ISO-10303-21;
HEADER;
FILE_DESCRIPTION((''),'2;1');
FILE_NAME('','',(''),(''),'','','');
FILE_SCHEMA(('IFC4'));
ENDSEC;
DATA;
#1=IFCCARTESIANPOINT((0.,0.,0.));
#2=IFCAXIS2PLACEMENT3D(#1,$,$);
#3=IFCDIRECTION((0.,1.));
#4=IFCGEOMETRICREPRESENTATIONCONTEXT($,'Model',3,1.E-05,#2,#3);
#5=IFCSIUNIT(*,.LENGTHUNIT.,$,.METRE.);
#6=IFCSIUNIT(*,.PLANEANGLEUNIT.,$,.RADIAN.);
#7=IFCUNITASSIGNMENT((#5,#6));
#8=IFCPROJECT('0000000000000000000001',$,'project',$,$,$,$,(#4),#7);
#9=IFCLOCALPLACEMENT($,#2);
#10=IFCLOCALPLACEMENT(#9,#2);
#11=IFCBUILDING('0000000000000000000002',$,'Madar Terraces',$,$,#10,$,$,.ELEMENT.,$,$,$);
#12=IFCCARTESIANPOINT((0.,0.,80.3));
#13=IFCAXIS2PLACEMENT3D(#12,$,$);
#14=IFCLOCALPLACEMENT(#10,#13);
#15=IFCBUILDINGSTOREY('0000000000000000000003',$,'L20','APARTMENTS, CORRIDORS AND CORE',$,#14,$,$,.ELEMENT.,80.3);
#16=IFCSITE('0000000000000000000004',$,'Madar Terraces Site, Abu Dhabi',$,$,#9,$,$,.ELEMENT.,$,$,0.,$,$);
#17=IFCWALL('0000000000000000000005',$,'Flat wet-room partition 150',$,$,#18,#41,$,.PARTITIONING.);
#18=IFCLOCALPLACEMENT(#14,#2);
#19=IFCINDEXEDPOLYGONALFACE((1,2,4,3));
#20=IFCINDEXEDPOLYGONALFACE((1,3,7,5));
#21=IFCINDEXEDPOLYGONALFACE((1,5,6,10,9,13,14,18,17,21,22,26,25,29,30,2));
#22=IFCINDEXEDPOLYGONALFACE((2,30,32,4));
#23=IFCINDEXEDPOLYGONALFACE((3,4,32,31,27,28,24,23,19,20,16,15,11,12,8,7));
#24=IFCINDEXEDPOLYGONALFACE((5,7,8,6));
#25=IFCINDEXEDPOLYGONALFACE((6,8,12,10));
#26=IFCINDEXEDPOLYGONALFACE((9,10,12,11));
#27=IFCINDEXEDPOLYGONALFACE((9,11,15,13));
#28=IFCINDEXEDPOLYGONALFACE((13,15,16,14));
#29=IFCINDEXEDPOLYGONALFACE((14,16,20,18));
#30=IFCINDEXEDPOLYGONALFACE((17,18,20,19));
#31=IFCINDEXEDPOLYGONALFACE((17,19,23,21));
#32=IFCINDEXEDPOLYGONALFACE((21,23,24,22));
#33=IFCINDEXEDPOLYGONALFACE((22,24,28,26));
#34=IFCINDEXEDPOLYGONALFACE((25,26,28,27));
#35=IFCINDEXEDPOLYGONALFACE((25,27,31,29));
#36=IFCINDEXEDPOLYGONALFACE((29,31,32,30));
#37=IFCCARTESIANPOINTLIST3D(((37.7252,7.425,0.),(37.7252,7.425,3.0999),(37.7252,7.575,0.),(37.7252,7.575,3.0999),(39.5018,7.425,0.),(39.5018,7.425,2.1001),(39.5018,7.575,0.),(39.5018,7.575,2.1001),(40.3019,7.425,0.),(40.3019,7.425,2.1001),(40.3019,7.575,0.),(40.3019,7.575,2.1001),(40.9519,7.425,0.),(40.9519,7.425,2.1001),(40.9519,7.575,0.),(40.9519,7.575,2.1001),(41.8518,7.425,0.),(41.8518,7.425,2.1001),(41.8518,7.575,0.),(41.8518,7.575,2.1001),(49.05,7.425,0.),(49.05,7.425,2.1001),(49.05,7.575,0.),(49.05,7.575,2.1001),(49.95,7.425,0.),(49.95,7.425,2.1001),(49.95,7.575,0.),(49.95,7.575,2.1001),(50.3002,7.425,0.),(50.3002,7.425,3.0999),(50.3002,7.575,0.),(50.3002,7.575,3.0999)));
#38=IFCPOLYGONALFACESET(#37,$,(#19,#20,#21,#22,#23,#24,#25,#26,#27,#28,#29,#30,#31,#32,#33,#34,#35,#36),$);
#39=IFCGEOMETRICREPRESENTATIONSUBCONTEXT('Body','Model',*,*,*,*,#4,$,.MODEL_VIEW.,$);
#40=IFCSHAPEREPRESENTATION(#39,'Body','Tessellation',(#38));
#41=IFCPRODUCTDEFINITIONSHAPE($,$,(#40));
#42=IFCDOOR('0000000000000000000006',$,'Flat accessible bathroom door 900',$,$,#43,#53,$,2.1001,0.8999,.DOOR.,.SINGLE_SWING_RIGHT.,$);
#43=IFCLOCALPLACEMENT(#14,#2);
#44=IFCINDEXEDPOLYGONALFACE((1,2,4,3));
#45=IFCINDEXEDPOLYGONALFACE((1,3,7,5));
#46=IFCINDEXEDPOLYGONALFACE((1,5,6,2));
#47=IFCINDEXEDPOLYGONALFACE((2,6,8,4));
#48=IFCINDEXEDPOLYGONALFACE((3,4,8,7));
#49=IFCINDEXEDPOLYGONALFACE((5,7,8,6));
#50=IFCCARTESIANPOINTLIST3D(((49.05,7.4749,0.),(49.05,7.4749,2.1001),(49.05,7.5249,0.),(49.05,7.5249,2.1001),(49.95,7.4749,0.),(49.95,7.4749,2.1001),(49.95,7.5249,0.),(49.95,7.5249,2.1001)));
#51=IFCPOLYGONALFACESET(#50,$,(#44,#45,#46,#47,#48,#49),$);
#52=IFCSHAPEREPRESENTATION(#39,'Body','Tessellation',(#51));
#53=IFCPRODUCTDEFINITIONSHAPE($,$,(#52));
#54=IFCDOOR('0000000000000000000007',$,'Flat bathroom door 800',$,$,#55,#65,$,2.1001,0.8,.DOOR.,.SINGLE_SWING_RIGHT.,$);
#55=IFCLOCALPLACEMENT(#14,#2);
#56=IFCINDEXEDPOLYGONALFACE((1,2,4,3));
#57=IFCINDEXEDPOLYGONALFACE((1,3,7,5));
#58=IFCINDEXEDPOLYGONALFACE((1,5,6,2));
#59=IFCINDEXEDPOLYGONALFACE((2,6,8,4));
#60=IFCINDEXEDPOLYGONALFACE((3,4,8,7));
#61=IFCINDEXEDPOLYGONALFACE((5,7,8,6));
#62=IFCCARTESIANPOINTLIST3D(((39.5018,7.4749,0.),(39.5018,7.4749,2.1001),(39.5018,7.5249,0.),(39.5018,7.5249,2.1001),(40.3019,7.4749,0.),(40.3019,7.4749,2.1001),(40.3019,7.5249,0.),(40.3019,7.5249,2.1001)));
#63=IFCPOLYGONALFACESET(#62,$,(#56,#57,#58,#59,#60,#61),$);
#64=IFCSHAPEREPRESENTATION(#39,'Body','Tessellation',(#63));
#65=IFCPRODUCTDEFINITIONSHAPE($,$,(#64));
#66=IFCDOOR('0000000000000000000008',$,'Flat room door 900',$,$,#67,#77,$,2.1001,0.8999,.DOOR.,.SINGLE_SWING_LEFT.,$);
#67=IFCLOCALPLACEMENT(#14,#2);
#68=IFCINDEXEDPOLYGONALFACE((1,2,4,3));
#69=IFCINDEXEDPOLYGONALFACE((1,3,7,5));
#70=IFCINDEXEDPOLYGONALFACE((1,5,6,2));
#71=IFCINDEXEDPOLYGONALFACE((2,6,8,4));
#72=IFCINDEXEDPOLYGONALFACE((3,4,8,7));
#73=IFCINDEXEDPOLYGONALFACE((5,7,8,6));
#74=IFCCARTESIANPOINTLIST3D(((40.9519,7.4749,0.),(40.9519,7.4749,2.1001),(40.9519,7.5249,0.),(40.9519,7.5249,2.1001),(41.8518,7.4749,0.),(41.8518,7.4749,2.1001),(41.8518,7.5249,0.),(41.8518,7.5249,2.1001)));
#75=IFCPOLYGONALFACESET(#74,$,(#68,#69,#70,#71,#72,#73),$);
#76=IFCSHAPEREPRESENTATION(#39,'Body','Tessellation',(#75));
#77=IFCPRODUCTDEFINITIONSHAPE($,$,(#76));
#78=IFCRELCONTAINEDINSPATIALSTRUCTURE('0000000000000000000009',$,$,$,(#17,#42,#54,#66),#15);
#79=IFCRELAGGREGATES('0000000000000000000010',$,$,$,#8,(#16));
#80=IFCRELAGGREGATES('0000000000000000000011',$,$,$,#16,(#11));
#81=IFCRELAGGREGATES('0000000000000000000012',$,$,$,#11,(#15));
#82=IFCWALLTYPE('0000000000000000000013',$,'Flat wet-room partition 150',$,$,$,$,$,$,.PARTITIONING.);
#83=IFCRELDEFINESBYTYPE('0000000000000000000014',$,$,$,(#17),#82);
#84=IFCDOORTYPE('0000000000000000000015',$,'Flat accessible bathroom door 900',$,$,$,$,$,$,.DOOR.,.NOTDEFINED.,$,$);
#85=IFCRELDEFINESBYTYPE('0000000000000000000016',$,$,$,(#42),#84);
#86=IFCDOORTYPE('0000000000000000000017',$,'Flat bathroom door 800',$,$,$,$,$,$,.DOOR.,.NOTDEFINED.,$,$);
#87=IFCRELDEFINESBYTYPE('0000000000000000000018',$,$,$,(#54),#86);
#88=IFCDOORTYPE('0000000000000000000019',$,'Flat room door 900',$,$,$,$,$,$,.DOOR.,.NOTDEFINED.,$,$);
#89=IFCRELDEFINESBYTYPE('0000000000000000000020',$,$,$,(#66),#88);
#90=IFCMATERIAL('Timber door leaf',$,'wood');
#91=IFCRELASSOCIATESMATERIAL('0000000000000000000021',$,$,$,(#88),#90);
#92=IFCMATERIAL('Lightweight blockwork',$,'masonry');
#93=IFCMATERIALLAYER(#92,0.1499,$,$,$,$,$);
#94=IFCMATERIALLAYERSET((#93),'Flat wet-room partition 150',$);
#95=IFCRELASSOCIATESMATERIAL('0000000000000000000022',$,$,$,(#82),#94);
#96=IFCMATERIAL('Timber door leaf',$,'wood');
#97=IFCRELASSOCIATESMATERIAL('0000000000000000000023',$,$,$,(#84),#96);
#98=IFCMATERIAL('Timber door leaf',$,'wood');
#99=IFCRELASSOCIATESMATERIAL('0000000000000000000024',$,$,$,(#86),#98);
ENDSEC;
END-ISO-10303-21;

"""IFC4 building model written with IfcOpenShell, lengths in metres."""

from ifc_helpers import new_model, si_unit, direction, frame, frame_2d, origin, place, context, subcontext, project, spatial, rectangle, extrude, material, layer, layer_set, type_object, element, fill, save


model = new_model("IFC4")

# Units and contexts
model_context = context("Model", 3, precision=1e-05, world=origin(), true_north=direction((0.0, 1.0)))
body_context = subcontext(model_context, "Body", "Model", "MODEL_VIEW")
ifc_project = project(units=[si_unit("LENGTHUNIT", "METRE"), si_unit("PLANEANGLEUNIT", "RADIAN")], contexts=[model_context])

# Site, building, storey
site_placement = place(None, origin())
site = spatial("IfcSite", under=ifc_project, at=site_placement, Name="Madar Terraces Site, Abu Dhabi", CompositionType="ELEMENT", RefElevation=0.0)
building_placement = place(site_placement, origin())
building = spatial("IfcBuilding", under=site, at=building_placement, Name="Madar Terraces", CompositionType="ELEMENT")
storey_placement = place(building_placement, frame((0.0, 0.0, 80.3)))
storey = spatial("IfcBuildingStorey", under=building, at=storey_placement, Name="L20", Description="APARTMENTS, CORRIDORS AND CORE", CompositionType="ELEMENT", Elevation=80.3)

# Shared definitions
ifc_material_1 = material(Name="Timber door leaf", Category="wood")
door_type_1 = type_object("IfcDoorType", Name="Flat room door 900", OperationType="NOTDEFINED", PredefinedType="DOOR", material=ifc_material_1)

# Shared definitions
ifc_material_2 = material(Name="Lightweight blockwork", Category="masonry")
ifc_layer_1 = layer(ifc_material_2, 0.1499)
ifc_layer_set_1 = layer_set([ifc_layer_1], Name="Flat wet-room partition 150")
wall_type_1 = type_object("IfcWallType", Name="Flat wet-room partition 150", PredefinedType="PARTITIONING", material=ifc_layer_set_1)

# Wall, openings, doors
wall_1_placement = place(storey_placement, frame((37.7251, 7.5, 0.0), z_axis=(0.0, 0.0, 1.0), x_axis=(1.0, 0.0, 0.0)))
wall_1 = element("IfcWall", 1, at=wall_1_placement, inside=storey, type_object=wall_type_1, Name="Flat wet-room partition 150", PredefinedType="PARTITIONING", context=body_context, shape_type="SweptSolid", body=[
    extrude(rectangle(XDim=12.575, YDim=0.1499, at=frame_2d((6.2876, 0.0))), origin(), (0.0, 0.0, 1.0), 3.0999),
])
opening_1_placement = place(wall_1_placement, frame((1.7769, 0.0, 0.0)))
opening_1 = element("IfcOpeningElement", 2, at=opening_1_placement, cuts=wall_1, PredefinedType="OPENING", context=body_context, shape_type="SweptSolid", body=[
    extrude(rectangle(XDim=0.8, YDim=2.1001, at=frame_2d((0.3999, 1.05))), frame((0.0, 0.085, 0.0), z_axis=(0.0, -1.0, 0.0), x_axis=(1.0, 0.0, 0.0)), (0.0, 0.0, 1.0), 0.1699),
])
opening_2_placement = place(wall_1_placement, frame((3.2268, 0.0, 0.0)))
opening_2 = element("IfcOpeningElement", 3, at=opening_2_placement, cuts=wall_1, PredefinedType="OPENING", context=body_context, shape_type="SweptSolid", body=[
    extrude(rectangle(XDim=0.8999, YDim=2.1001, at=frame_2d((0.45, 1.05))), frame((0.0, 0.085, 0.0), z_axis=(0.0, -1.0, 0.0), x_axis=(1.0, 0.0, 0.0)), (0.0, 0.0, 1.0), 0.1699),
])
opening_3_placement = place(wall_1_placement, frame((11.325, 0.0, 0.0)))
opening_3 = element("IfcOpeningElement", 4, at=opening_3_placement, cuts=wall_1, PredefinedType="OPENING", context=body_context, shape_type="SweptSolid", body=[
    extrude(rectangle(XDim=0.8999, YDim=2.1001, at=frame_2d((0.45, 1.05))), frame((0.0, 0.085, 0.0), z_axis=(0.0, -1.0, 0.0), x_axis=(1.0, 0.0, 0.0)), (0.0, 0.0, 1.0), 0.1699),
])
ifc_material_3 = material(Name="Timber door leaf", Category="wood")
door_type_2 = type_object("IfcDoorType", Name="Flat accessible bathroom door 900", OperationType="NOTDEFINED", PredefinedType="DOOR", material=ifc_material_3)
door_1_placement = place(opening_3_placement, origin())
door_1 = element("IfcDoor", 5, at=door_1_placement, inside=storey, type_object=door_type_2, Name="Flat accessible bathroom door 900", OperationType="SINGLE_SWING_RIGHT", OverallHeight=2.1001, OverallWidth=0.8999, PredefinedType="DOOR", context=body_context, shape_type="SweptSolid", body=[
    extrude(rectangle(XDim=0.8999, YDim=2.1001, at=frame_2d((0.45, 1.05))), frame((0.0, 0.0249, 0.0), z_axis=(0.0, -1.0, 0.0), x_axis=(1.0, 0.0, 0.0)), (0.0, 0.0, 1.0), 0.05),
])
fill(opening_3, door_1)
ifc_material_4 = material(Name="Timber door leaf", Category="wood")
door_type_3 = type_object("IfcDoorType", Name="Flat bathroom door 800", OperationType="NOTDEFINED", PredefinedType="DOOR", material=ifc_material_4)
door_2_placement = place(opening_1_placement, origin())
door_2 = element("IfcDoor", 6, at=door_2_placement, inside=storey, type_object=door_type_3, Name="Flat bathroom door 800", OperationType="SINGLE_SWING_RIGHT", OverallHeight=2.1001, OverallWidth=0.8, PredefinedType="DOOR", context=body_context, shape_type="SweptSolid", body=[
    extrude(rectangle(XDim=0.8, YDim=2.1001, at=frame_2d((0.3999, 1.05))), frame((0.0, 0.0249, 0.0), z_axis=(0.0, -1.0, 0.0), x_axis=(1.0, 0.0, 0.0)), (0.0, 0.0, 1.0), 0.05),
])
fill(opening_1, door_2)
door_3_placement = place(opening_2_placement, origin())
door_3 = element("IfcDoor", 7, at=door_3_placement, inside=storey, type_object=door_type_1, Name="Flat room door 900", OperationType="SINGLE_SWING_LEFT", OverallHeight=2.1001, OverallWidth=0.8999, PredefinedType="DOOR", context=body_context, shape_type="SweptSolid", body=[
    extrude(rectangle(XDim=0.8999, YDim=2.1001, at=frame_2d((0.45, 1.05))), frame((0.0, 0.0249, 0.0), z_axis=(0.0, -1.0, 0.0), x_axis=(1.0, 0.0, 0.0)), (0.0, 0.0, 1.0), 0.05),
])
fill(opening_2, door_3)

save(model, "model.ifc")
